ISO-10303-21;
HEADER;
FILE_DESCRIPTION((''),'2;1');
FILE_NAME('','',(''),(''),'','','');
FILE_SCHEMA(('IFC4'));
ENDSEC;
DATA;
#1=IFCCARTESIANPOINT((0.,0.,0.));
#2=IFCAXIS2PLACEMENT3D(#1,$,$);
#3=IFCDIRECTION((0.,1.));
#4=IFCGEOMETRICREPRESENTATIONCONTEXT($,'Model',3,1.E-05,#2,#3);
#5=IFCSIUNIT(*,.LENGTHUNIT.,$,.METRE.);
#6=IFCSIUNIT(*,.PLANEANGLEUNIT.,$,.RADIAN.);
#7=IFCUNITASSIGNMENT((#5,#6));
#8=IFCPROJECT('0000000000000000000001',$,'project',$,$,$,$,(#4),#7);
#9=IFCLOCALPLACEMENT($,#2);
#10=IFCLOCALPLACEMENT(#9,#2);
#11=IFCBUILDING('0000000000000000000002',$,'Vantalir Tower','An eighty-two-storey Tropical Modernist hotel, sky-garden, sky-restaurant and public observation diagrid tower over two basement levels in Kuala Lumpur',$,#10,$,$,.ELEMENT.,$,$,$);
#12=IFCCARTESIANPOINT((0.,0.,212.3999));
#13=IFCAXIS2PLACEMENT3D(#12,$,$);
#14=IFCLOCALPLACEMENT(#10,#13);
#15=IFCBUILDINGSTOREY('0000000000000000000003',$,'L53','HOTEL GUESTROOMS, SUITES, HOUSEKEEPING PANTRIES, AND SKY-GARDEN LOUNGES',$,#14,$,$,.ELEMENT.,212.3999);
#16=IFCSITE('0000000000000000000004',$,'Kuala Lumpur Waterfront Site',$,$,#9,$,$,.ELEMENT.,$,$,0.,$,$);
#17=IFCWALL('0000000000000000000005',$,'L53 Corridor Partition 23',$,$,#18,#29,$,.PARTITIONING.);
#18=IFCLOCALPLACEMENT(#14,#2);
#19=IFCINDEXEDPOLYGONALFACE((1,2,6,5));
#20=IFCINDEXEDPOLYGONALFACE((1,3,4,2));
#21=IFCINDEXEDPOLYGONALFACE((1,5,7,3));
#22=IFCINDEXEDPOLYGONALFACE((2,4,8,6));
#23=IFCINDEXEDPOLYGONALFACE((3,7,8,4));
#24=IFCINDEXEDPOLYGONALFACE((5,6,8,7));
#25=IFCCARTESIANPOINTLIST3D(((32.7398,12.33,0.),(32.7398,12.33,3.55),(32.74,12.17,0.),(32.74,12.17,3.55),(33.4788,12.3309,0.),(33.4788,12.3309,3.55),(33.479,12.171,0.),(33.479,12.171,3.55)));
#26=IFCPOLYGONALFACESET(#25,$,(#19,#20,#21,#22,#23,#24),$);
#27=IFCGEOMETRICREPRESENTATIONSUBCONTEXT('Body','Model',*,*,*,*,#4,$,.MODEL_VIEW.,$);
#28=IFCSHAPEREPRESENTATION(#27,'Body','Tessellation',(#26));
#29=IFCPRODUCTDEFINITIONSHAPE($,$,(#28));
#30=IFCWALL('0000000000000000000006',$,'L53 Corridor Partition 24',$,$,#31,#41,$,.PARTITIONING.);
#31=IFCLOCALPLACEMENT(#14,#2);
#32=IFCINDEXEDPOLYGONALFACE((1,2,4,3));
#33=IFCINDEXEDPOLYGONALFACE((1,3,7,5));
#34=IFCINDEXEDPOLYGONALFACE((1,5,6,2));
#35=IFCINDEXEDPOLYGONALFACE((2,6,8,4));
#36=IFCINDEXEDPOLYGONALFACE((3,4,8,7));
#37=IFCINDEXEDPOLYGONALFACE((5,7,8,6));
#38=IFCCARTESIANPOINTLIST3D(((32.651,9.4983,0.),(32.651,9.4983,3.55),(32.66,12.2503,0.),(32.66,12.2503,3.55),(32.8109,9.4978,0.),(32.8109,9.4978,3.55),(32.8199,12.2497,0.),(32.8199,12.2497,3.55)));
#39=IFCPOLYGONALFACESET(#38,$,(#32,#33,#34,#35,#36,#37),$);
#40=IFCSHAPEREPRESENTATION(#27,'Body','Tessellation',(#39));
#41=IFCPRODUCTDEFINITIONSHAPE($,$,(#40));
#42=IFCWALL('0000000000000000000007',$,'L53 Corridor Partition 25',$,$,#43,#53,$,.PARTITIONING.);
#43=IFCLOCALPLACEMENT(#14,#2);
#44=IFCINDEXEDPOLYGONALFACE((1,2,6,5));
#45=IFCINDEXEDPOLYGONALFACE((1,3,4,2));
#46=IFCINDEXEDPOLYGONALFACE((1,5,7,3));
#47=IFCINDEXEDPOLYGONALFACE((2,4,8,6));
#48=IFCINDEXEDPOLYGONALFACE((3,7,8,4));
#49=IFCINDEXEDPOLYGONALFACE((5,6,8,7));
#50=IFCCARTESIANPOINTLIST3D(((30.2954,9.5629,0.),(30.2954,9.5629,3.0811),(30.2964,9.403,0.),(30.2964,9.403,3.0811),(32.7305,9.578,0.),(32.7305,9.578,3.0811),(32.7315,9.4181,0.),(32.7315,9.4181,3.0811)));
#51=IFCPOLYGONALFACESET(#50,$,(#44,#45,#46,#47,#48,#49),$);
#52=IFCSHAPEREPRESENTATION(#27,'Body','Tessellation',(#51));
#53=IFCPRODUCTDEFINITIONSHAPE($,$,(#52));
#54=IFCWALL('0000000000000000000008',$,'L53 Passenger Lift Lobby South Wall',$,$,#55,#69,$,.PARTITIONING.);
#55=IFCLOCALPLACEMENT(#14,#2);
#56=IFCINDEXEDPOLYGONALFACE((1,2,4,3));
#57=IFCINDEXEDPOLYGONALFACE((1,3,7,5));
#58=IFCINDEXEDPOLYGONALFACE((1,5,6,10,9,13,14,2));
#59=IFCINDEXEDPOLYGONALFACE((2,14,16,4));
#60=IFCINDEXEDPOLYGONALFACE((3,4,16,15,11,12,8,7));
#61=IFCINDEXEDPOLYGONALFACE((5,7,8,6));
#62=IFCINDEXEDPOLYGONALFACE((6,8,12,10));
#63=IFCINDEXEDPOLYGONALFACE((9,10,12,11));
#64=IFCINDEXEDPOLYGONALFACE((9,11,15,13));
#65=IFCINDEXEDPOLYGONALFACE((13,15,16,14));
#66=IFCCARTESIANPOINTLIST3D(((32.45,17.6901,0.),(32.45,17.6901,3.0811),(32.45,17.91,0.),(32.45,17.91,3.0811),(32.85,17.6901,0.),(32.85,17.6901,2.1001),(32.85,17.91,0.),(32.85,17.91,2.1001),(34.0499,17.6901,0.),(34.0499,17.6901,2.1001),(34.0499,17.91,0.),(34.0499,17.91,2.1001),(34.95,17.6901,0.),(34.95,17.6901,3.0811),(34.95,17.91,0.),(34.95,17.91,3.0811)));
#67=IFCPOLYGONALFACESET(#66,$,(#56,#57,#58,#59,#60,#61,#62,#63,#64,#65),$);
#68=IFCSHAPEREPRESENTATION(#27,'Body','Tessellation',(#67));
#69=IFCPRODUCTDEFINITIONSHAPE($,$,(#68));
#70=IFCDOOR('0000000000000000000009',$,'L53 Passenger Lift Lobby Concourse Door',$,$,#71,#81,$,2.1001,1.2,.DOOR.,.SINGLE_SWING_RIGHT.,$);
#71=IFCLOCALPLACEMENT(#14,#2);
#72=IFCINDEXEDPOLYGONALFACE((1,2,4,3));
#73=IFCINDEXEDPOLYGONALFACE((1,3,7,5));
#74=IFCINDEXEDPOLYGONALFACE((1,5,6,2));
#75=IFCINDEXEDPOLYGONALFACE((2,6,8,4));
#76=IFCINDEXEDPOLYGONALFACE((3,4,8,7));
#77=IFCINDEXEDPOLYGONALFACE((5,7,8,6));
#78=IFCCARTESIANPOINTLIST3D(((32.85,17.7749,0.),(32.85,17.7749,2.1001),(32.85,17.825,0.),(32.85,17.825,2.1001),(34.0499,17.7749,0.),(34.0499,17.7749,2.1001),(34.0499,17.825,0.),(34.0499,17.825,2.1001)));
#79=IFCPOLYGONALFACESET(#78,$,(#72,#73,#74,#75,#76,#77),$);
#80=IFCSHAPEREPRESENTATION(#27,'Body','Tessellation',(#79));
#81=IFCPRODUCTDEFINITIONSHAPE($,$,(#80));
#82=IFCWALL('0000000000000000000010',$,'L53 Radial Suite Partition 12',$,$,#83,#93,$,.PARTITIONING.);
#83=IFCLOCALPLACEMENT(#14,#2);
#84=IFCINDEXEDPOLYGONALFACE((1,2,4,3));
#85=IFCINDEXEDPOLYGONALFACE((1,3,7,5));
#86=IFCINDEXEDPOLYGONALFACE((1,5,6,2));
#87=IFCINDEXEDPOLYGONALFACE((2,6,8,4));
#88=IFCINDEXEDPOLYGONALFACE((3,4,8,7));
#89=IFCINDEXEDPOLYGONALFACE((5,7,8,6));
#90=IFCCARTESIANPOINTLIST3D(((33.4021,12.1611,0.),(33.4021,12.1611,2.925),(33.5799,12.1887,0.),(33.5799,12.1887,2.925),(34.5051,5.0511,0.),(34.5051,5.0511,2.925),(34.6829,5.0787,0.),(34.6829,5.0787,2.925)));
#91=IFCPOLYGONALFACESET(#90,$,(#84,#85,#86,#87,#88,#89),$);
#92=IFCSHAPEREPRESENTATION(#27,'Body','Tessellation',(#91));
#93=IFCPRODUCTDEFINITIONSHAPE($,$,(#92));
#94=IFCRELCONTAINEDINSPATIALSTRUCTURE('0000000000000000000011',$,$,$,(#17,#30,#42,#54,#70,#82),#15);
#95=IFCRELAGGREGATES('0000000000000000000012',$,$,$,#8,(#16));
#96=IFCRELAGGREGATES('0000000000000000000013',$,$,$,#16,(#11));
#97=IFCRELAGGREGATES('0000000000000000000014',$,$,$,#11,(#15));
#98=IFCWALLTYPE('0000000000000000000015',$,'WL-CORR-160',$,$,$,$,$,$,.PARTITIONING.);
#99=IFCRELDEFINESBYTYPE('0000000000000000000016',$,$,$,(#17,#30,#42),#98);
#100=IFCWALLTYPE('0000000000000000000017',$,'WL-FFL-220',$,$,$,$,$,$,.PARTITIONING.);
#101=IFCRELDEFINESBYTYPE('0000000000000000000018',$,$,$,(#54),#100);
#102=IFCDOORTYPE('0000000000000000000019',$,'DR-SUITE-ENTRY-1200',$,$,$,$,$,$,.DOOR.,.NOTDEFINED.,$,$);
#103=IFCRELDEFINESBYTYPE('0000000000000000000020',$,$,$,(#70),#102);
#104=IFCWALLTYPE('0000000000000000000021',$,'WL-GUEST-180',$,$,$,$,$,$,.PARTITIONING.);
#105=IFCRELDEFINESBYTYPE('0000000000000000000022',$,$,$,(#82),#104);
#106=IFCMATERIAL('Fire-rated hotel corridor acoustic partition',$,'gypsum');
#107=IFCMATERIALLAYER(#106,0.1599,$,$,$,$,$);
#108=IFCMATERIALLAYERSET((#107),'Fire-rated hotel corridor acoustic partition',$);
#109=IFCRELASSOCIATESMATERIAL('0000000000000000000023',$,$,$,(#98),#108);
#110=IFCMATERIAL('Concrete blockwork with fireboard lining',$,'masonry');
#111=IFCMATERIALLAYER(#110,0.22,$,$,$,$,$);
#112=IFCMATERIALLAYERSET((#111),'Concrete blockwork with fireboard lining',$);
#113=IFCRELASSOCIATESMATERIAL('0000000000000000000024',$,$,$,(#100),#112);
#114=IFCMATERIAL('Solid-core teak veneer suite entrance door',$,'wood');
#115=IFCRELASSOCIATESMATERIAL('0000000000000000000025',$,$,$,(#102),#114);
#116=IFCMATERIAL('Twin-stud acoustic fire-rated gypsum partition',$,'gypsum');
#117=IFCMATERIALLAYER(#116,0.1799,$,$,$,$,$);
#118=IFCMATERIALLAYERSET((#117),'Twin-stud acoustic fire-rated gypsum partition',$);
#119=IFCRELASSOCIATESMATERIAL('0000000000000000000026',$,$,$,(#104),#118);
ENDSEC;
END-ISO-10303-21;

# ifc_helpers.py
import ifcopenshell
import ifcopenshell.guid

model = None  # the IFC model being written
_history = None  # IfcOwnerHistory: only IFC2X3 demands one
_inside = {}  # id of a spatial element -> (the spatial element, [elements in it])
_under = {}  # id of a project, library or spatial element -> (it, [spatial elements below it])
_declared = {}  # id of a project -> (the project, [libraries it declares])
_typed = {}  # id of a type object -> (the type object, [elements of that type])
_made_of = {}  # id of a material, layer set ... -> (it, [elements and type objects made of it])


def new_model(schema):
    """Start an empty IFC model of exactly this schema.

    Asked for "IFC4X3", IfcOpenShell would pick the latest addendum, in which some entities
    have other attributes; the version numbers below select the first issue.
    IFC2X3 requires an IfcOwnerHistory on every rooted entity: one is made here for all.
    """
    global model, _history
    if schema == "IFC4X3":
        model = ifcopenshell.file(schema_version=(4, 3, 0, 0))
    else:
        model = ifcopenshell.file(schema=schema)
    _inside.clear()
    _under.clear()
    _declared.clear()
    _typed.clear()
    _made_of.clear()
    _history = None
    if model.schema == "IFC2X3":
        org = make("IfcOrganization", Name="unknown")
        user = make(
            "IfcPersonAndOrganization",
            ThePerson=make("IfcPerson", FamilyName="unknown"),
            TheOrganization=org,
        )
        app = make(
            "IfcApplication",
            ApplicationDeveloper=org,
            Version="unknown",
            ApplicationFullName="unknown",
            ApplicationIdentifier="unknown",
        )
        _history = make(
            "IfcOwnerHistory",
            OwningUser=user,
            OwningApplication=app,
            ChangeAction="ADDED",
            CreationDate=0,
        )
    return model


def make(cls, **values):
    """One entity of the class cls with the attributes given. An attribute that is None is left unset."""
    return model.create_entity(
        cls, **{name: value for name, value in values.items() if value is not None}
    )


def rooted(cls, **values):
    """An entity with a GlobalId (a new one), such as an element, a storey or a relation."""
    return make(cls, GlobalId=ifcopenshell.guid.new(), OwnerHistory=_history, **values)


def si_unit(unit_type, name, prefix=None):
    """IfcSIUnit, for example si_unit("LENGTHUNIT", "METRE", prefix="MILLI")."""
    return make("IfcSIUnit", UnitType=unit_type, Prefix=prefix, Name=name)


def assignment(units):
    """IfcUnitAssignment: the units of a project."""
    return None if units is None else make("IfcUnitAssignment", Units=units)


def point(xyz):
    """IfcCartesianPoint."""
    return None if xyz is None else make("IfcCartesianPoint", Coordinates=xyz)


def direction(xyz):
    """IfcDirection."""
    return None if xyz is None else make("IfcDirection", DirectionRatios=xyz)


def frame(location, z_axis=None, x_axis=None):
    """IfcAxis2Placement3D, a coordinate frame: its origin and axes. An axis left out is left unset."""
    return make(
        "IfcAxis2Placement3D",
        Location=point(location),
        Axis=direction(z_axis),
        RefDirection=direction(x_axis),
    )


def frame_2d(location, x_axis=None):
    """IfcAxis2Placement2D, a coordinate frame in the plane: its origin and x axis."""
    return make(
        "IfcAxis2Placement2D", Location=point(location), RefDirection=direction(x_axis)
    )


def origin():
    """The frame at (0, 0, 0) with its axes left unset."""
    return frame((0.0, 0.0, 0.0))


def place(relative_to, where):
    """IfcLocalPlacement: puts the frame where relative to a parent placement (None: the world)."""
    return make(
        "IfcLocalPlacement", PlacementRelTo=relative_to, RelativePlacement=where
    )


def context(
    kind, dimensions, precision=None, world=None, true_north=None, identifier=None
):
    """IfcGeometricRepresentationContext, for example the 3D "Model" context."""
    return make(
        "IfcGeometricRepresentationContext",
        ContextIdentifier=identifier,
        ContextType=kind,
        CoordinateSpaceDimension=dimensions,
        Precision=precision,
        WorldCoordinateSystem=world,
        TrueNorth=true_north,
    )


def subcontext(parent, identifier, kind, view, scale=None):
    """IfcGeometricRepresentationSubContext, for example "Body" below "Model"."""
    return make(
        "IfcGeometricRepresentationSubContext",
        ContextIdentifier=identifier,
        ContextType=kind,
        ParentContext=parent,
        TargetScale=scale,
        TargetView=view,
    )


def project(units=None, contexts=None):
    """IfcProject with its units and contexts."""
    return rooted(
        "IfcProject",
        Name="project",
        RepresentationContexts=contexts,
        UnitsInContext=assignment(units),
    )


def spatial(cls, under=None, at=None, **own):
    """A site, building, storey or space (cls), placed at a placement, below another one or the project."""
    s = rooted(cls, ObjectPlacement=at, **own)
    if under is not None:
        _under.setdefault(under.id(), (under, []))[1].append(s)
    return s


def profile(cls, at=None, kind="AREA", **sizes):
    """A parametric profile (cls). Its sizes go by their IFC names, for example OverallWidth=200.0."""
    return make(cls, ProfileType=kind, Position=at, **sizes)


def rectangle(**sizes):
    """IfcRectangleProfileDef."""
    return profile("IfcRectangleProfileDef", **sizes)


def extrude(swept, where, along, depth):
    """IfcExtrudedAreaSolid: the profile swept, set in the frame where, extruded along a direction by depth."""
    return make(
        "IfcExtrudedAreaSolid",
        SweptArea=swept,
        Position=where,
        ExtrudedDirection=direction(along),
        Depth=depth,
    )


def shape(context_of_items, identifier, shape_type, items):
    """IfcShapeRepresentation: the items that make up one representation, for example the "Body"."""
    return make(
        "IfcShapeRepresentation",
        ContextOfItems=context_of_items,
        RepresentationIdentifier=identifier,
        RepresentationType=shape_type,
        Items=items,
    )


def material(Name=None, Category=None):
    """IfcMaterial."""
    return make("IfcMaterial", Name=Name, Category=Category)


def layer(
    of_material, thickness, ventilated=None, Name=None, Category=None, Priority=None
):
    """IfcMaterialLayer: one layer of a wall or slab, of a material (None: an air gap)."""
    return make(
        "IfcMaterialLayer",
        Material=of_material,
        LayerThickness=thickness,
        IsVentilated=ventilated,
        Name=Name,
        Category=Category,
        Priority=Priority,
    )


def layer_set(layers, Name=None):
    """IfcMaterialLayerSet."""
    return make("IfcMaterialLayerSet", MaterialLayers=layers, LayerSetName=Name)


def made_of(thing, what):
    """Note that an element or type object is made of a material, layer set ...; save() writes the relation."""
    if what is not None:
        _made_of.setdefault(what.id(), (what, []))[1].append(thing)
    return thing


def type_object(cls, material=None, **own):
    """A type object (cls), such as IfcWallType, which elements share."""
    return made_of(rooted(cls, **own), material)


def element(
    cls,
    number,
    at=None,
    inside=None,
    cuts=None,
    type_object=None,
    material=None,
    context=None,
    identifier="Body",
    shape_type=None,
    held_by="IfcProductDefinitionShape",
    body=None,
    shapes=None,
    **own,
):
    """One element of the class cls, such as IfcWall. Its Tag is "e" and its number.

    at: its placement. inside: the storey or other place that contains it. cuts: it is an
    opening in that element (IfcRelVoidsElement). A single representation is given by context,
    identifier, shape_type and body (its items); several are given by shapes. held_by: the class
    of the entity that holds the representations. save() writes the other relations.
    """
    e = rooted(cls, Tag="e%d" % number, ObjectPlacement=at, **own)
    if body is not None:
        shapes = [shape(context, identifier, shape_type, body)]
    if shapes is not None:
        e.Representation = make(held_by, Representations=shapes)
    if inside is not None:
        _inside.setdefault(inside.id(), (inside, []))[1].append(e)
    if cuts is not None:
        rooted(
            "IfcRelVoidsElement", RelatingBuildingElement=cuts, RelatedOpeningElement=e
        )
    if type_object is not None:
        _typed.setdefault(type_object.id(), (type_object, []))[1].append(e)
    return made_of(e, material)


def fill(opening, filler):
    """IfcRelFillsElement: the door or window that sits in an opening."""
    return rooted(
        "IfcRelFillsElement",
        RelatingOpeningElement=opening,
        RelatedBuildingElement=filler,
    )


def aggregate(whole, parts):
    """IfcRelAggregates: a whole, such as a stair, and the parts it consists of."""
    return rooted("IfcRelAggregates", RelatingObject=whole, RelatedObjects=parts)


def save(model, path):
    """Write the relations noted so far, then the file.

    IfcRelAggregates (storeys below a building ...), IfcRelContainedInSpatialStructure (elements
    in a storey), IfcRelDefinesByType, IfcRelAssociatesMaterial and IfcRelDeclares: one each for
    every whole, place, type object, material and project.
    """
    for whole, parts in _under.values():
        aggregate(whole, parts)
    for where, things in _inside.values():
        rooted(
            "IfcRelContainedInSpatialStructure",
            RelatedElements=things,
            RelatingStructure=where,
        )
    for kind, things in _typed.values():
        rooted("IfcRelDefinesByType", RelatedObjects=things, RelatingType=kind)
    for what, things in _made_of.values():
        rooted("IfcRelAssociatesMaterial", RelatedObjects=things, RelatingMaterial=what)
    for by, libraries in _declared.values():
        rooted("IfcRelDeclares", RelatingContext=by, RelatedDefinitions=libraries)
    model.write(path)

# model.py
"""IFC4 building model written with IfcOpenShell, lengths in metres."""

from ifc_helpers import new_model, si_unit, direction, frame, frame_2d, origin, place, context, subcontext, project, spatial, rectangle, extrude, material, layer, layer_set, type_object, element, fill, save


model = new_model("IFC4")

# Units and contexts
model_context = context("Model", 3, precision=1e-05, world=origin(), true_north=direction((0.0, 1.0)))
body_context = subcontext(model_context, "Body", "Model", "MODEL_VIEW")
ifc_project = project(units=[si_unit("LENGTHUNIT", "METRE"), si_unit("PLANEANGLEUNIT", "RADIAN")], contexts=[model_context])

# Site, building, storey
site_placement = place(None, origin())
site = spatial("IfcSite", under=ifc_project, at=site_placement, Name="Kuala Lumpur Waterfront Site", CompositionType="ELEMENT", RefElevation=0.0)
building_placement = place(site_placement, origin())
building = spatial("IfcBuilding", under=site, at=building_placement, Name="Vantalir Tower", Description="An eighty-two-storey Tropical Modernist hotel, sky-garden, sky-restaurant and public observation diagrid tower over two basement levels in Kuala Lumpur", CompositionType="ELEMENT")
storey_placement = place(building_placement, frame((0.0, 0.0, 212.3999)))
storey = spatial("IfcBuildingStorey", under=building, at=storey_placement, Name="L53", Description="HOTEL GUESTROOMS, SUITES, HOUSEKEEPING PANTRIES, AND SKY-GARDEN LOUNGES", CompositionType="ELEMENT", Elevation=212.3999)

# Walls
ifc_material_1 = material(Name="Fire-rated hotel corridor acoustic partition", Category="gypsum")
ifc_layer_1 = layer(ifc_material_1, 0.1599)
ifc_layer_set_1 = layer_set([ifc_layer_1], Name="Fire-rated hotel corridor acoustic partition")
wall_type_1 = type_object("IfcWallType", Name="WL-CORR-160", PredefinedType="PARTITIONING", material=ifc_layer_set_1)
wall_1_placement = place(storey_placement, frame((33.479, 12.251, 0.0), z_axis=(0.0, 0.0, 1.0), x_axis=(-0.999999, -0.001321, 0.0)))
element("IfcWall", 1, at=wall_1_placement, inside=storey, type_object=wall_type_1, Name="L53 Corridor Partition 23", PredefinedType="PARTITIONING", context=body_context, shape_type="SweptSolid", body=[
    extrude(rectangle(XDim=0.739, YDim=0.1599, at=frame_2d((0.3696, 0.0))), origin(), (0.0, 0.0, 1.0), 3.55),
])
wall_2_placement = place(storey_placement, frame((32.74, 12.25, 0.0), z_axis=(0.0, 0.0, 1.0), x_axis=(-0.003282, -0.999995, 0.0)))
element("IfcWall", 2, at=wall_2_placement, inside=storey, type_object=wall_type_1, Name="L53 Corridor Partition 24", PredefinedType="PARTITIONING", context=body_context, shape_type="SweptSolid", body=[
    extrude(rectangle(XDim=2.752, YDim=0.1599, at=frame_2d((1.376, 0.0))), origin(), (0.0, 0.0, 1.0), 3.55),
])
wall_3_placement = place(storey_placement, frame((32.731, 9.498, 0.0), z_axis=(0.0, 0.0, 1.0), x_axis=(-0.999981, -0.006216, 0.0)))
element("IfcWall", 3, at=wall_3_placement, inside=storey, type_object=wall_type_1, Name="L53 Corridor Partition 25", PredefinedType="PARTITIONING", context=body_context, shape_type="SweptSolid", body=[
    extrude(rectangle(XDim=2.4351, YDim=0.1599, at=frame_2d((1.2175, 0.0))), origin(), (0.0, 0.0, 1.0), 3.0811),
])

# Wall, opening, door
ifc_material_2 = material(Name="Concrete blockwork with fireboard lining", Category="masonry")
ifc_layer_2 = layer(ifc_material_2, 0.22)
ifc_layer_set_2 = layer_set([ifc_layer_2], Name="Concrete blockwork with fireboard lining")
wall_type_2 = type_object("IfcWallType", Name="WL-FFL-220", PredefinedType="PARTITIONING", material=ifc_layer_set_2)
wall_4_placement = place(storey_placement, frame((32.45, 17.8, 0.0), z_axis=(0.0, 0.0, 1.0), x_axis=(1.0, 0.0, 0.0)))
wall_4 = element("IfcWall", 4, at=wall_4_placement, inside=storey, type_object=wall_type_2, Name="L53 Passenger Lift Lobby South Wall", PredefinedType="PARTITIONING", context=body_context, shape_type="SweptSolid", body=[
    extrude(rectangle(XDim=2.5, YDim=0.22, at=frame_2d((1.25, 0.0))), origin(), (0.0, 0.0, 1.0), 3.0811),
])
opening_1_placement = place(wall_4_placement, frame((0.3999, 0.0, 0.0)))
opening_1 = element("IfcOpeningElement", 5, at=opening_1_placement, cuts=wall_4, PredefinedType="OPENING", context=body_context, shape_type="SweptSolid", body=[
    extrude(rectangle(XDim=1.2, YDim=2.1001, at=frame_2d((0.6001, 1.05))), frame((0.0, 0.1199, 0.0), z_axis=(0.0, -1.0, 0.0), x_axis=(1.0, 0.0, 0.0)), (0.0, 0.0, 1.0), 0.24),
])
ifc_material_3 = material(Name="Solid-core teak veneer suite entrance door", Category="wood")
door_type_1 = type_object("IfcDoorType", Name="DR-SUITE-ENTRY-1200", OperationType="NOTDEFINED", PredefinedType="DOOR", material=ifc_material_3)
door_1_placement = place(opening_1_placement, origin())
door_1 = element("IfcDoor", 6, at=door_1_placement, inside=storey, type_object=door_type_1, Name="L53 Passenger Lift Lobby Concourse Door", OperationType="SINGLE_SWING_RIGHT", OverallHeight=2.1001, OverallWidth=1.2, PredefinedType="DOOR", context=body_context, shape_type="SweptSolid", body=[
    extrude(rectangle(XDim=1.2, YDim=2.1001, at=frame_2d((0.6001, 1.05))), frame((0.0, 0.0249, 0.0), z_axis=(0.0, -1.0, 0.0), x_axis=(1.0, 0.0, 0.0)), (0.0, 0.0, 1.0), 0.05),
])
fill(opening_1, door_1)

# Wall
ifc_material_4 = material(Name="Twin-stud acoustic fire-rated gypsum partition", Category="gypsum")
ifc_layer_3 = layer(ifc_material_4, 0.1799)
ifc_layer_set_3 = layer_set([ifc_layer_3], Name="Twin-stud acoustic fire-rated gypsum partition")
wall_type_3 = type_object("IfcWallType", Name="WL-GUEST-180", PredefinedType="PARTITIONING", material=ifc_layer_set_3)
wall_5_placement = place(storey_placement, frame((33.491, 12.175, 0.0), z_axis=(0.0, 0.0, 1.0), x_axis=(0.153301, -0.988179, 0.0)))
element("IfcWall", 7, at=wall_5_placement, inside=storey, type_object=wall_type_3, Name="L53 Radial Suite Partition 12", PredefinedType="PARTITIONING", context=body_context, shape_type="SweptSolid", body=[
    extrude(rectangle(XDim=7.1951, YDim=0.1799, at=frame_2d((3.5977, 0.0))), origin(), (0.0, 0.0, 1.0), 2.925),
])

save(model, "model.ifc")
